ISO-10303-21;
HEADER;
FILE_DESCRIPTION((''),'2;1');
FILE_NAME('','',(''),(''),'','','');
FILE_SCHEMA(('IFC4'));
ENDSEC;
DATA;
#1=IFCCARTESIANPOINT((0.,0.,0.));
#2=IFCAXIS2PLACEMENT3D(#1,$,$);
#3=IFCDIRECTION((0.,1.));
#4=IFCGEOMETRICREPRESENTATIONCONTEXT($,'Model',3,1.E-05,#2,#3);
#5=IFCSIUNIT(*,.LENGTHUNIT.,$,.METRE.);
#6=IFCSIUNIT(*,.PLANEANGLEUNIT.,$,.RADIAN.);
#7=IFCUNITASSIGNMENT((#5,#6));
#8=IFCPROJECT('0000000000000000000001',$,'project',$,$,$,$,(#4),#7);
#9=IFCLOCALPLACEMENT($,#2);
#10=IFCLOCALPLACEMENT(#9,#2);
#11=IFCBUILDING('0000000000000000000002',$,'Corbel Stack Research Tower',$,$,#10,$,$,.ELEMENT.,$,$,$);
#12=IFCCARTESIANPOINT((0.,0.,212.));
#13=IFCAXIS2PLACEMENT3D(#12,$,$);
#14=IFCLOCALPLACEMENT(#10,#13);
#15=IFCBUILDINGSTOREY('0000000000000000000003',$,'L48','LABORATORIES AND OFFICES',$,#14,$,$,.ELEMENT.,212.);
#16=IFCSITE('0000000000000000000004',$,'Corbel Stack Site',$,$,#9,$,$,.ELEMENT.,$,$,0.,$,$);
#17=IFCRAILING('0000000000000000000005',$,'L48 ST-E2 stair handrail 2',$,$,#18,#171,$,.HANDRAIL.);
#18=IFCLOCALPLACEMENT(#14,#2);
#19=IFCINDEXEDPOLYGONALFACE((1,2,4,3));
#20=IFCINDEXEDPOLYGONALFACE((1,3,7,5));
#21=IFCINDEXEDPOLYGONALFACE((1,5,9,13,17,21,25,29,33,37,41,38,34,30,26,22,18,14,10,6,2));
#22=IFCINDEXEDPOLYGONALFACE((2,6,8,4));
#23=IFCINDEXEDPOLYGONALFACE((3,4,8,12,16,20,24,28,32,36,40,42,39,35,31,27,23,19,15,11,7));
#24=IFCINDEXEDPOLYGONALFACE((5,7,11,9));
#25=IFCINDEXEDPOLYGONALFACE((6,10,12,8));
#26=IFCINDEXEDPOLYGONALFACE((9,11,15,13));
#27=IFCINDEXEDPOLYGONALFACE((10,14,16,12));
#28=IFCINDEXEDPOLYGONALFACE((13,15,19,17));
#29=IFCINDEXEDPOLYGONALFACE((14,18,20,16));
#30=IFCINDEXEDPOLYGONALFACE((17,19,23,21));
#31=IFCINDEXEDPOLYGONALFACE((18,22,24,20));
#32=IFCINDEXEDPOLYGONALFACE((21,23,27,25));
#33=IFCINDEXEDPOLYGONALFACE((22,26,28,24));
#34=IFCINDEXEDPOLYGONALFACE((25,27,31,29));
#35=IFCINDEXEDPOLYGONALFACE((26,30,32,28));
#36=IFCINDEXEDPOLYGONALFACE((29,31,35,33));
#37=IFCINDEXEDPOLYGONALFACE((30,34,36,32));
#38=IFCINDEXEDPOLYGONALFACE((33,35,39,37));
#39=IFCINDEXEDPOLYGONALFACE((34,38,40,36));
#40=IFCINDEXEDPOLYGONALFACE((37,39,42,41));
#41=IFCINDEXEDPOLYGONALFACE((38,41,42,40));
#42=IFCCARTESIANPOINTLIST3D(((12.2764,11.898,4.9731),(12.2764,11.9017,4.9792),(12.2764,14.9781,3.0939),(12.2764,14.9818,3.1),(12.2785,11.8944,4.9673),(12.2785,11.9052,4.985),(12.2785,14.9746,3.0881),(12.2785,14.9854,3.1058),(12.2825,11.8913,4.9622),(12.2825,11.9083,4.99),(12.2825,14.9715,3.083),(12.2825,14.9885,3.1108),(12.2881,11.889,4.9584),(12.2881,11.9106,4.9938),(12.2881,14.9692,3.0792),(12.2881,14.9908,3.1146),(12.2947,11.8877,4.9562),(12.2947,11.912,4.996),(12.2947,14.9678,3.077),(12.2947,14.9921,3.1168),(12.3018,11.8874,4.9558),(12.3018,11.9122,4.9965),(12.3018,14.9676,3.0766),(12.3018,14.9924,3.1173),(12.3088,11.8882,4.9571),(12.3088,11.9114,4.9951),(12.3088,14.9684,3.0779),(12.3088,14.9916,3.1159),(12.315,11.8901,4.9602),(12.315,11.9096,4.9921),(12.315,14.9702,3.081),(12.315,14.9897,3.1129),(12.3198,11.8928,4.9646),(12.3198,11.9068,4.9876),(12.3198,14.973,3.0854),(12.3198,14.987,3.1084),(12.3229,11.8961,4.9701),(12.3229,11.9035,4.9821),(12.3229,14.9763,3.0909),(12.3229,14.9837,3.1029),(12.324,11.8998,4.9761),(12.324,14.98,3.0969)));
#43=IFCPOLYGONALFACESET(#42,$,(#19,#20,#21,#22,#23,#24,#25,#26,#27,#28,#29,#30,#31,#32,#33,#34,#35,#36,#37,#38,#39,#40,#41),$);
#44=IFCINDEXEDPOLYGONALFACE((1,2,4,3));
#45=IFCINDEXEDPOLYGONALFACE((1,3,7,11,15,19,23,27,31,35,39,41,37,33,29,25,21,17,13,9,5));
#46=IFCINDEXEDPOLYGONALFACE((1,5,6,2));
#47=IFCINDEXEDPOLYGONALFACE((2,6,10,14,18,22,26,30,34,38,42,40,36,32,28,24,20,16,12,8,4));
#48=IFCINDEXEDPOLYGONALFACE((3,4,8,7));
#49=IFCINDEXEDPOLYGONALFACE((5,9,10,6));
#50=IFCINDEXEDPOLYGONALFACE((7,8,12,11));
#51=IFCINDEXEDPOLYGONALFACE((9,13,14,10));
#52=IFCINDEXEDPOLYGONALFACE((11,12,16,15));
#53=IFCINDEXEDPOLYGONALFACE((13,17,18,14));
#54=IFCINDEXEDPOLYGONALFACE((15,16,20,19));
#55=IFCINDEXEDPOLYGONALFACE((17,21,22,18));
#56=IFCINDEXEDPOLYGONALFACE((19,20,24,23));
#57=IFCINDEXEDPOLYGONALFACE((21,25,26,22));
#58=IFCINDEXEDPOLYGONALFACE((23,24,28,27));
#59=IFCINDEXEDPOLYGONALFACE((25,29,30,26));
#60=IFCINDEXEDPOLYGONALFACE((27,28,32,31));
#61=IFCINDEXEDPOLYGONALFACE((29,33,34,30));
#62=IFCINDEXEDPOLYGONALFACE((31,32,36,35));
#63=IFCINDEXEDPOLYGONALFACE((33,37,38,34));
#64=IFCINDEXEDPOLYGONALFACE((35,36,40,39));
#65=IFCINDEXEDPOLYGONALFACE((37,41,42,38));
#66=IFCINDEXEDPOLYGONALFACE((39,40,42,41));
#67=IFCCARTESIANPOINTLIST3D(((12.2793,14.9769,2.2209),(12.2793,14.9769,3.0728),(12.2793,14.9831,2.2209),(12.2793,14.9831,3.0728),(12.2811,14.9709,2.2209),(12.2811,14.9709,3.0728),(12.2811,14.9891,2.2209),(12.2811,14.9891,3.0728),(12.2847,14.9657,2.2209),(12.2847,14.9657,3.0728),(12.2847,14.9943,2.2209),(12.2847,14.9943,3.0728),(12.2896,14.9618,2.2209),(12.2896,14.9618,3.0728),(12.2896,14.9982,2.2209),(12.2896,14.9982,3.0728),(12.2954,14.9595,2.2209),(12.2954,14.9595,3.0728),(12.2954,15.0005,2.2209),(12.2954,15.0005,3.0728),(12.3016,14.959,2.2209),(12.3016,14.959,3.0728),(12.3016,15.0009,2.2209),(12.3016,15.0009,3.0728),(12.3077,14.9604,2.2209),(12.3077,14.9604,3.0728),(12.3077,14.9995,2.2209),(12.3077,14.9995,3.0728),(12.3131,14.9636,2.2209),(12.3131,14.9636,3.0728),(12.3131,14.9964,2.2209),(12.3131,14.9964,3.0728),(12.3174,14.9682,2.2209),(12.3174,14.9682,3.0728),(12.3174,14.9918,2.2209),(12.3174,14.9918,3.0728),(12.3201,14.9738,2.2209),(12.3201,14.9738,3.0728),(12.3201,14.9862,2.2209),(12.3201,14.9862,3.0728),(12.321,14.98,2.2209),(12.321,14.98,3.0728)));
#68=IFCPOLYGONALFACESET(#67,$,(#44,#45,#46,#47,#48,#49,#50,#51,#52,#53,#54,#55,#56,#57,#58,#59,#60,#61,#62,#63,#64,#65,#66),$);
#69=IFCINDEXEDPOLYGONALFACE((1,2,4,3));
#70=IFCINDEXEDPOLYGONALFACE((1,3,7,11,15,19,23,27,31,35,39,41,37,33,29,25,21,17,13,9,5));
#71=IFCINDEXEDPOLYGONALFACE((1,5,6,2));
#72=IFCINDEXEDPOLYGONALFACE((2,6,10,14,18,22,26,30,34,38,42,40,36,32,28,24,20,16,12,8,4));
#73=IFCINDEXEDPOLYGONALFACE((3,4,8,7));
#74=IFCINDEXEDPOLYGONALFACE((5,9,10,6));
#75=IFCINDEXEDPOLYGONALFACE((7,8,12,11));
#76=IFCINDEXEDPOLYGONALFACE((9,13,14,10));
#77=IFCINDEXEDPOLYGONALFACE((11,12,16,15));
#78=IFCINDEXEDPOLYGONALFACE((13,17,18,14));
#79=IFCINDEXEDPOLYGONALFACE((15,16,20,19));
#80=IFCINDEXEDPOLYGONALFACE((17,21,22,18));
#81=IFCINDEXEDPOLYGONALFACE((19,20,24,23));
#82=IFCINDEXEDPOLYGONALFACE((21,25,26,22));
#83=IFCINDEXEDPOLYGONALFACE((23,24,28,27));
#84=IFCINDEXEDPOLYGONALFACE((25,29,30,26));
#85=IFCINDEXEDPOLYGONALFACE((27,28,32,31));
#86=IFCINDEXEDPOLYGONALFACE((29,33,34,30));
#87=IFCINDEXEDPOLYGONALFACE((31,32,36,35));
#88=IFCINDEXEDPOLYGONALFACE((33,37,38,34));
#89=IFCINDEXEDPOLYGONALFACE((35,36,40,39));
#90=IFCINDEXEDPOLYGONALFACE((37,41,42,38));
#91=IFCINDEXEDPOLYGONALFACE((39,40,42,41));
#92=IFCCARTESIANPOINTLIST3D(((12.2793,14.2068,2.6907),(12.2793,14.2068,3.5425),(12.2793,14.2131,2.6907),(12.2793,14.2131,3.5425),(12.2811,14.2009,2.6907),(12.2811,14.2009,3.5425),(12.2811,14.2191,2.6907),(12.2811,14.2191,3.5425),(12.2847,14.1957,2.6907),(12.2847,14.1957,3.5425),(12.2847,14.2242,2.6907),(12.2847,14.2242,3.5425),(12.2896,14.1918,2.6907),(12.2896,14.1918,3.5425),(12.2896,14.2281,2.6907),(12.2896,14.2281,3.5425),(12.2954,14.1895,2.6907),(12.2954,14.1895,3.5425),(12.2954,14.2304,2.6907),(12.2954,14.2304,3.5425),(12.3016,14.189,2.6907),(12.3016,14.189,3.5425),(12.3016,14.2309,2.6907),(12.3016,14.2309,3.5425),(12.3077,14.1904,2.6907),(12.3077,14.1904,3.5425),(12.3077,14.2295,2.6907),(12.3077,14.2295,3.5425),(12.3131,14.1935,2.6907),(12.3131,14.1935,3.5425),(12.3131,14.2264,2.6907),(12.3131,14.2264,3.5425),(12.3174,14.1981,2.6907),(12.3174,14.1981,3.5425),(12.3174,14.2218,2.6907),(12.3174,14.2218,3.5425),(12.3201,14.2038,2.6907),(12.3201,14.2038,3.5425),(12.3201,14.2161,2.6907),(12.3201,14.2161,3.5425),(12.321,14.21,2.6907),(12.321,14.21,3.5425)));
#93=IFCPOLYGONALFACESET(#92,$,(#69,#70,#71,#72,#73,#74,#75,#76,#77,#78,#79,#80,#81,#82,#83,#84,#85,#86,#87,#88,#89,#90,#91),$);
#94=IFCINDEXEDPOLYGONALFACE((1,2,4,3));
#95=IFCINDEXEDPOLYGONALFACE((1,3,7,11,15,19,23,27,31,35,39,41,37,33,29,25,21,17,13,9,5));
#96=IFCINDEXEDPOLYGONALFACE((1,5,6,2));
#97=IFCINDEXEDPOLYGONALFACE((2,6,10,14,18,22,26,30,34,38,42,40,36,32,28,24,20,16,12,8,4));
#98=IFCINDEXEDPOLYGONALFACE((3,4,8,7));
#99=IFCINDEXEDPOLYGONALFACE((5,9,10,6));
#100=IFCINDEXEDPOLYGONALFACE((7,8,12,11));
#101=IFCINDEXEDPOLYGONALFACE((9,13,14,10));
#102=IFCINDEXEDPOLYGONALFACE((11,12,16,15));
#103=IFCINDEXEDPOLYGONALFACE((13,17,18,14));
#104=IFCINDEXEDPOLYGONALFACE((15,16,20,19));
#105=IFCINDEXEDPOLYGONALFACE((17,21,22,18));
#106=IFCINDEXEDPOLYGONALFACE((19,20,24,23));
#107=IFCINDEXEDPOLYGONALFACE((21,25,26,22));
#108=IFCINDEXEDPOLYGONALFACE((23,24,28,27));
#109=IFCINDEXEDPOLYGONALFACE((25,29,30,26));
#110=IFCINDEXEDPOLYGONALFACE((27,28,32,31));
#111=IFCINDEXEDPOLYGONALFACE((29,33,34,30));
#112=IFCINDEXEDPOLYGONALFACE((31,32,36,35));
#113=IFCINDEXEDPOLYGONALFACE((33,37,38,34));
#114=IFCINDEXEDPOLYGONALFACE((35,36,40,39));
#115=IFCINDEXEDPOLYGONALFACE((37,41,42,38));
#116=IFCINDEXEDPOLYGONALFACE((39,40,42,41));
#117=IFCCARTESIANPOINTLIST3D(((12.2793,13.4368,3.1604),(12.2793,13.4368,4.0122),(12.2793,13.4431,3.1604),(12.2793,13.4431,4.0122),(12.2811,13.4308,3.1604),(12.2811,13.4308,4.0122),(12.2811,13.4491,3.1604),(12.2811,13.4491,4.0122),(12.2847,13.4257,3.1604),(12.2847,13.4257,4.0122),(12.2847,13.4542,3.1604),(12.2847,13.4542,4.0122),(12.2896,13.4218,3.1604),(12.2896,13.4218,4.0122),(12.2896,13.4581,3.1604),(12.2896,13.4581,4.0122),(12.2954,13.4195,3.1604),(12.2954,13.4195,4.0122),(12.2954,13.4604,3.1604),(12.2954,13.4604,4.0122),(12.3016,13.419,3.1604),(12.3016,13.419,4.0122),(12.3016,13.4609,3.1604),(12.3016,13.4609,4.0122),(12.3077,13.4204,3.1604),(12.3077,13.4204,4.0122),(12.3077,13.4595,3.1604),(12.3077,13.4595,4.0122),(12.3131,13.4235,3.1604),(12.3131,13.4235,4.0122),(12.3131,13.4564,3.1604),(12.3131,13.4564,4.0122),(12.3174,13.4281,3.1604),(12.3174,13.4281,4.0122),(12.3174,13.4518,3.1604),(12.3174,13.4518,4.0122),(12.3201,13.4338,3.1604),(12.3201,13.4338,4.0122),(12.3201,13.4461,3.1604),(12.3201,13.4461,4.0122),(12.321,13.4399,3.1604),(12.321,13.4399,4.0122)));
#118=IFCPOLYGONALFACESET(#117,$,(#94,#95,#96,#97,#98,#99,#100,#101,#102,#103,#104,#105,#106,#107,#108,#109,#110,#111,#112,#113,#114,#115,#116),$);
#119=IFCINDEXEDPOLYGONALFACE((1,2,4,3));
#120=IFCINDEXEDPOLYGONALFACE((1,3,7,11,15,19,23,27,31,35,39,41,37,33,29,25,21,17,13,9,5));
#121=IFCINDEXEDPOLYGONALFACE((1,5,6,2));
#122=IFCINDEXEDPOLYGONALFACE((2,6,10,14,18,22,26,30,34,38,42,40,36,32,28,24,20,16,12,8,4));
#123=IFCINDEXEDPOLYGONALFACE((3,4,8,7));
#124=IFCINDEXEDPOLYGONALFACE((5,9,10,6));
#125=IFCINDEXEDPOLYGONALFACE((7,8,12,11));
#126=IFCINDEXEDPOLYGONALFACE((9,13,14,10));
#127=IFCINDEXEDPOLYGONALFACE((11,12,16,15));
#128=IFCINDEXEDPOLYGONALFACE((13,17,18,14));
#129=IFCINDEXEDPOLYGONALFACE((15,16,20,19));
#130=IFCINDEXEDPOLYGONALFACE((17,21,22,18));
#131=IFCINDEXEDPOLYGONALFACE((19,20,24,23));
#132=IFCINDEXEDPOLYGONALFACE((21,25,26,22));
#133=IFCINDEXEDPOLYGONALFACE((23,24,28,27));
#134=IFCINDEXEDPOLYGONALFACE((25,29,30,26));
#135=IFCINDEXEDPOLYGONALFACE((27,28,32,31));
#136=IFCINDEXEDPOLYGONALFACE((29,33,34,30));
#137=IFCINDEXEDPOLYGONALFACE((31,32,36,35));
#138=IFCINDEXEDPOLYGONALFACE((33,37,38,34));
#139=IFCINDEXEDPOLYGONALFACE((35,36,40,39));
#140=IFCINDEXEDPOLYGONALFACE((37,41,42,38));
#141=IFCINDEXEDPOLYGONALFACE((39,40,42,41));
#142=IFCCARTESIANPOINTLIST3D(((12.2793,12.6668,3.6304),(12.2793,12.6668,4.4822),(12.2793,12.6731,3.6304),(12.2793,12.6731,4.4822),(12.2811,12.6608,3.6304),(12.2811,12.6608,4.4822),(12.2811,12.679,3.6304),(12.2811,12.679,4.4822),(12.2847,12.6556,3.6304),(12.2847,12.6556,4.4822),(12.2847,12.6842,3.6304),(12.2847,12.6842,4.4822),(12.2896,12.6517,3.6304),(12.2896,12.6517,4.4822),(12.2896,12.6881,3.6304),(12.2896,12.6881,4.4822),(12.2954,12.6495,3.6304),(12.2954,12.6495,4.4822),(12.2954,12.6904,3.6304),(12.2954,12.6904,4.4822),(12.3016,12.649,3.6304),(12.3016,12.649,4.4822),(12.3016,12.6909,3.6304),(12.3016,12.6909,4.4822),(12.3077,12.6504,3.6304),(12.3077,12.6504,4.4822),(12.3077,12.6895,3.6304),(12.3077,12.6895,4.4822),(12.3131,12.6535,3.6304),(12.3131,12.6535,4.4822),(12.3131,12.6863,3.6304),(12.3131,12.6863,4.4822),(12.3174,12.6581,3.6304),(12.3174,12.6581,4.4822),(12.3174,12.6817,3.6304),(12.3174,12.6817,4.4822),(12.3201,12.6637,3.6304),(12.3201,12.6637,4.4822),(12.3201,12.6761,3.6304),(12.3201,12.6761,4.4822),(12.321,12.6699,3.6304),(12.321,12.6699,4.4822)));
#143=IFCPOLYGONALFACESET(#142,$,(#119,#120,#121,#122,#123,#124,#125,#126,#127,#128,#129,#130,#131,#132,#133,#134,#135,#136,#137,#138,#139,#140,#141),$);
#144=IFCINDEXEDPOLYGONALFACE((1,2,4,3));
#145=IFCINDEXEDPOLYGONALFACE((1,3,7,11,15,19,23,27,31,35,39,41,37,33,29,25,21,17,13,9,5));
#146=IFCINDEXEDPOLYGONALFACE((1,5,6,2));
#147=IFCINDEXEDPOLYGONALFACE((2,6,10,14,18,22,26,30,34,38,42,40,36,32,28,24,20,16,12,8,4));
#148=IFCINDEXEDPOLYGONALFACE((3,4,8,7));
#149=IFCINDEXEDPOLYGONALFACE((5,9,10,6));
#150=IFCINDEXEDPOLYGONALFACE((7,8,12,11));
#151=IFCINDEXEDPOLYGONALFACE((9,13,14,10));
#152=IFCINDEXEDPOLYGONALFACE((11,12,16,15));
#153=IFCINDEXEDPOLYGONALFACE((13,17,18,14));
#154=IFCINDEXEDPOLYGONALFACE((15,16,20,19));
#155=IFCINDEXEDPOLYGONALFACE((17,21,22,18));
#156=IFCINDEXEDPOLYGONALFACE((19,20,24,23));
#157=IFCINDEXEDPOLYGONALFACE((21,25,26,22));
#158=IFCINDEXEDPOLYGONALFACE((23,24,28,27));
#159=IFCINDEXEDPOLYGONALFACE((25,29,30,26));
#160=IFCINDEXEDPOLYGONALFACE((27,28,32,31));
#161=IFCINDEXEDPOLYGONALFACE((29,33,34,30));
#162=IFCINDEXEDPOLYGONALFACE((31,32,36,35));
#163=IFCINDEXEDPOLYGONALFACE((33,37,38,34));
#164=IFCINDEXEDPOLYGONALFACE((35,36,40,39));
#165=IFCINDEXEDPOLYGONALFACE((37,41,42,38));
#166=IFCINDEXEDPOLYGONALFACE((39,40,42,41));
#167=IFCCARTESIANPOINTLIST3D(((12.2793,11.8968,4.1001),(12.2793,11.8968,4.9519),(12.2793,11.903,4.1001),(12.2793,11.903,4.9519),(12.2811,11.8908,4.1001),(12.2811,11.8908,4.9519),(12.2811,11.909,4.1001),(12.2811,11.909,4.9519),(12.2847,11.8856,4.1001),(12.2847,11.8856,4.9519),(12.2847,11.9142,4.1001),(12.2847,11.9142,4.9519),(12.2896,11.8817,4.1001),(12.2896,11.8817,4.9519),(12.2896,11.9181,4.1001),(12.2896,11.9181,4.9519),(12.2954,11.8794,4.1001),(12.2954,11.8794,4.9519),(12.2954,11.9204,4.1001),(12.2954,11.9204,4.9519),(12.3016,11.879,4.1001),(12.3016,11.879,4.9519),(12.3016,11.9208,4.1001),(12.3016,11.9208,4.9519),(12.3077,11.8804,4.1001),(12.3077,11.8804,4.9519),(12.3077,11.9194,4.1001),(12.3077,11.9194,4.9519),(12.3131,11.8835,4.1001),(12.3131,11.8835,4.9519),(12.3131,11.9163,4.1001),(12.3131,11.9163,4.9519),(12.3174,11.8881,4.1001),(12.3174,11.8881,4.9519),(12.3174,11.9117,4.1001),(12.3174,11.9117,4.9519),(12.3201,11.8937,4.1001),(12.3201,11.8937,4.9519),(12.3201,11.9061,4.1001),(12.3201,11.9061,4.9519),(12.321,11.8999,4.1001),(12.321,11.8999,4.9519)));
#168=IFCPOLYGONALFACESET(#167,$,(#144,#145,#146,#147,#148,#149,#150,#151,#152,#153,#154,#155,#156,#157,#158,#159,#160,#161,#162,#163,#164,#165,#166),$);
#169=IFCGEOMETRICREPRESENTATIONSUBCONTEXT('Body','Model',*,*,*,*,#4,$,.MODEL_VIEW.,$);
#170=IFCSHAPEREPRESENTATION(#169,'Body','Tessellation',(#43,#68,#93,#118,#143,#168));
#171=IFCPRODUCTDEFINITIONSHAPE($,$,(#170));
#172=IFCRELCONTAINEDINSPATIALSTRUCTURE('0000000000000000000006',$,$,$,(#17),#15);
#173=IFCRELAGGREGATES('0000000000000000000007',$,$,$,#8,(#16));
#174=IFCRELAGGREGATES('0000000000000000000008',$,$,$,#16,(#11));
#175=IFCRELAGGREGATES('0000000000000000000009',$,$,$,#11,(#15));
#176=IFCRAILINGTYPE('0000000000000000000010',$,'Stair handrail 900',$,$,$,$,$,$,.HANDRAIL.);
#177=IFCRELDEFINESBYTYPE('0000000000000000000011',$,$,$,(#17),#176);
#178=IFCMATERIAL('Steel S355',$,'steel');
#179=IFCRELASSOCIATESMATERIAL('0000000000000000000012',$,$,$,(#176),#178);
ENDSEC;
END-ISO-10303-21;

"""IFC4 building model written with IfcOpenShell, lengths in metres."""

from ifc_helpers import new_model, si_unit, direction, frame, origin, origin_2d, place, context, subcontext, project, spatial, circle, extrude, material, type_object, element, save


model = new_model("IFC4")

# Units and contexts
model_context = context("Model", 3, precision=1e-05, world=origin(), true_north=direction((0.0, 1.0)))
body_context = subcontext(model_context, "Body", "Model", "MODEL_VIEW")
ifc_project = project(units=[si_unit("LENGTHUNIT", "METRE"), si_unit("PLANEANGLEUNIT", "RADIAN")], contexts=[model_context])

# Site, building, storey
site_placement = place(None, origin())
site = spatial("IfcSite", under=ifc_project, at=site_placement, Name="Corbel Stack Site", CompositionType="ELEMENT", RefElevation=0.0)
building_placement = place(site_placement, origin())
building = spatial("IfcBuilding", under=site, at=building_placement, Name="Corbel Stack Research Tower", CompositionType="ELEMENT")
storey_placement = place(building_placement, frame((0.0, 0.0, 212.0)))
storey = spatial("IfcBuildingStorey", under=building, at=storey_placement, Name="L48", Description="LABORATORIES AND OFFICES", CompositionType="ELEMENT", Elevation=212.0)

# Railing
ifc_material_1 = material(Name="Steel S355", Category="steel")
railing_type_1 = type_object("IfcRailingType", Name="Stair handrail 900", PredefinedType="HANDRAIL", material=ifc_material_1)
railing_1_placement = place(storey_placement, frame((12.3, 14.98, 2.2209)))
element("IfcRailing", 1, at=railing_1_placement, inside=storey, type_object=railing_type_1, Name="L48 ST-E2 stair handrail 2", PredefinedType="HANDRAIL", context=body_context, shape_type="SweptSolid", body=[
    extrude(circle(Radius=0.0239, at=origin_2d()), frame((0.0, 0.0, 0.876), z_axis=(0.0, -0.853666, 0.52082), x_axis=(1.0, 0.0, 0.0)), (0.0, 0.0, 1.0), 3.6082),
    extrude(circle(Radius=0.021, at=origin_2d()), origin(), (0.0, 0.0, 1.0), 0.8518),
    extrude(circle(Radius=0.021, at=origin_2d()), frame((0.0, -0.77, 0.4697)), (0.0, 0.0, 1.0), 0.8518),
    extrude(circle(Radius=0.021, at=origin_2d()), frame((0.0, -1.54, 0.9395)), (0.0, 0.0, 1.0), 0.8518),
    extrude(circle(Radius=0.021, at=origin_2d()), frame((0.0, -2.3101, 1.4094)), (0.0, 0.0, 1.0), 0.8518),
    extrude(circle(Radius=0.021, at=origin_2d()), frame((0.0, -3.0801, 1.8792)), (0.0, 0.0, 1.0), 0.8518),
])

save(model, "model.ifc")
